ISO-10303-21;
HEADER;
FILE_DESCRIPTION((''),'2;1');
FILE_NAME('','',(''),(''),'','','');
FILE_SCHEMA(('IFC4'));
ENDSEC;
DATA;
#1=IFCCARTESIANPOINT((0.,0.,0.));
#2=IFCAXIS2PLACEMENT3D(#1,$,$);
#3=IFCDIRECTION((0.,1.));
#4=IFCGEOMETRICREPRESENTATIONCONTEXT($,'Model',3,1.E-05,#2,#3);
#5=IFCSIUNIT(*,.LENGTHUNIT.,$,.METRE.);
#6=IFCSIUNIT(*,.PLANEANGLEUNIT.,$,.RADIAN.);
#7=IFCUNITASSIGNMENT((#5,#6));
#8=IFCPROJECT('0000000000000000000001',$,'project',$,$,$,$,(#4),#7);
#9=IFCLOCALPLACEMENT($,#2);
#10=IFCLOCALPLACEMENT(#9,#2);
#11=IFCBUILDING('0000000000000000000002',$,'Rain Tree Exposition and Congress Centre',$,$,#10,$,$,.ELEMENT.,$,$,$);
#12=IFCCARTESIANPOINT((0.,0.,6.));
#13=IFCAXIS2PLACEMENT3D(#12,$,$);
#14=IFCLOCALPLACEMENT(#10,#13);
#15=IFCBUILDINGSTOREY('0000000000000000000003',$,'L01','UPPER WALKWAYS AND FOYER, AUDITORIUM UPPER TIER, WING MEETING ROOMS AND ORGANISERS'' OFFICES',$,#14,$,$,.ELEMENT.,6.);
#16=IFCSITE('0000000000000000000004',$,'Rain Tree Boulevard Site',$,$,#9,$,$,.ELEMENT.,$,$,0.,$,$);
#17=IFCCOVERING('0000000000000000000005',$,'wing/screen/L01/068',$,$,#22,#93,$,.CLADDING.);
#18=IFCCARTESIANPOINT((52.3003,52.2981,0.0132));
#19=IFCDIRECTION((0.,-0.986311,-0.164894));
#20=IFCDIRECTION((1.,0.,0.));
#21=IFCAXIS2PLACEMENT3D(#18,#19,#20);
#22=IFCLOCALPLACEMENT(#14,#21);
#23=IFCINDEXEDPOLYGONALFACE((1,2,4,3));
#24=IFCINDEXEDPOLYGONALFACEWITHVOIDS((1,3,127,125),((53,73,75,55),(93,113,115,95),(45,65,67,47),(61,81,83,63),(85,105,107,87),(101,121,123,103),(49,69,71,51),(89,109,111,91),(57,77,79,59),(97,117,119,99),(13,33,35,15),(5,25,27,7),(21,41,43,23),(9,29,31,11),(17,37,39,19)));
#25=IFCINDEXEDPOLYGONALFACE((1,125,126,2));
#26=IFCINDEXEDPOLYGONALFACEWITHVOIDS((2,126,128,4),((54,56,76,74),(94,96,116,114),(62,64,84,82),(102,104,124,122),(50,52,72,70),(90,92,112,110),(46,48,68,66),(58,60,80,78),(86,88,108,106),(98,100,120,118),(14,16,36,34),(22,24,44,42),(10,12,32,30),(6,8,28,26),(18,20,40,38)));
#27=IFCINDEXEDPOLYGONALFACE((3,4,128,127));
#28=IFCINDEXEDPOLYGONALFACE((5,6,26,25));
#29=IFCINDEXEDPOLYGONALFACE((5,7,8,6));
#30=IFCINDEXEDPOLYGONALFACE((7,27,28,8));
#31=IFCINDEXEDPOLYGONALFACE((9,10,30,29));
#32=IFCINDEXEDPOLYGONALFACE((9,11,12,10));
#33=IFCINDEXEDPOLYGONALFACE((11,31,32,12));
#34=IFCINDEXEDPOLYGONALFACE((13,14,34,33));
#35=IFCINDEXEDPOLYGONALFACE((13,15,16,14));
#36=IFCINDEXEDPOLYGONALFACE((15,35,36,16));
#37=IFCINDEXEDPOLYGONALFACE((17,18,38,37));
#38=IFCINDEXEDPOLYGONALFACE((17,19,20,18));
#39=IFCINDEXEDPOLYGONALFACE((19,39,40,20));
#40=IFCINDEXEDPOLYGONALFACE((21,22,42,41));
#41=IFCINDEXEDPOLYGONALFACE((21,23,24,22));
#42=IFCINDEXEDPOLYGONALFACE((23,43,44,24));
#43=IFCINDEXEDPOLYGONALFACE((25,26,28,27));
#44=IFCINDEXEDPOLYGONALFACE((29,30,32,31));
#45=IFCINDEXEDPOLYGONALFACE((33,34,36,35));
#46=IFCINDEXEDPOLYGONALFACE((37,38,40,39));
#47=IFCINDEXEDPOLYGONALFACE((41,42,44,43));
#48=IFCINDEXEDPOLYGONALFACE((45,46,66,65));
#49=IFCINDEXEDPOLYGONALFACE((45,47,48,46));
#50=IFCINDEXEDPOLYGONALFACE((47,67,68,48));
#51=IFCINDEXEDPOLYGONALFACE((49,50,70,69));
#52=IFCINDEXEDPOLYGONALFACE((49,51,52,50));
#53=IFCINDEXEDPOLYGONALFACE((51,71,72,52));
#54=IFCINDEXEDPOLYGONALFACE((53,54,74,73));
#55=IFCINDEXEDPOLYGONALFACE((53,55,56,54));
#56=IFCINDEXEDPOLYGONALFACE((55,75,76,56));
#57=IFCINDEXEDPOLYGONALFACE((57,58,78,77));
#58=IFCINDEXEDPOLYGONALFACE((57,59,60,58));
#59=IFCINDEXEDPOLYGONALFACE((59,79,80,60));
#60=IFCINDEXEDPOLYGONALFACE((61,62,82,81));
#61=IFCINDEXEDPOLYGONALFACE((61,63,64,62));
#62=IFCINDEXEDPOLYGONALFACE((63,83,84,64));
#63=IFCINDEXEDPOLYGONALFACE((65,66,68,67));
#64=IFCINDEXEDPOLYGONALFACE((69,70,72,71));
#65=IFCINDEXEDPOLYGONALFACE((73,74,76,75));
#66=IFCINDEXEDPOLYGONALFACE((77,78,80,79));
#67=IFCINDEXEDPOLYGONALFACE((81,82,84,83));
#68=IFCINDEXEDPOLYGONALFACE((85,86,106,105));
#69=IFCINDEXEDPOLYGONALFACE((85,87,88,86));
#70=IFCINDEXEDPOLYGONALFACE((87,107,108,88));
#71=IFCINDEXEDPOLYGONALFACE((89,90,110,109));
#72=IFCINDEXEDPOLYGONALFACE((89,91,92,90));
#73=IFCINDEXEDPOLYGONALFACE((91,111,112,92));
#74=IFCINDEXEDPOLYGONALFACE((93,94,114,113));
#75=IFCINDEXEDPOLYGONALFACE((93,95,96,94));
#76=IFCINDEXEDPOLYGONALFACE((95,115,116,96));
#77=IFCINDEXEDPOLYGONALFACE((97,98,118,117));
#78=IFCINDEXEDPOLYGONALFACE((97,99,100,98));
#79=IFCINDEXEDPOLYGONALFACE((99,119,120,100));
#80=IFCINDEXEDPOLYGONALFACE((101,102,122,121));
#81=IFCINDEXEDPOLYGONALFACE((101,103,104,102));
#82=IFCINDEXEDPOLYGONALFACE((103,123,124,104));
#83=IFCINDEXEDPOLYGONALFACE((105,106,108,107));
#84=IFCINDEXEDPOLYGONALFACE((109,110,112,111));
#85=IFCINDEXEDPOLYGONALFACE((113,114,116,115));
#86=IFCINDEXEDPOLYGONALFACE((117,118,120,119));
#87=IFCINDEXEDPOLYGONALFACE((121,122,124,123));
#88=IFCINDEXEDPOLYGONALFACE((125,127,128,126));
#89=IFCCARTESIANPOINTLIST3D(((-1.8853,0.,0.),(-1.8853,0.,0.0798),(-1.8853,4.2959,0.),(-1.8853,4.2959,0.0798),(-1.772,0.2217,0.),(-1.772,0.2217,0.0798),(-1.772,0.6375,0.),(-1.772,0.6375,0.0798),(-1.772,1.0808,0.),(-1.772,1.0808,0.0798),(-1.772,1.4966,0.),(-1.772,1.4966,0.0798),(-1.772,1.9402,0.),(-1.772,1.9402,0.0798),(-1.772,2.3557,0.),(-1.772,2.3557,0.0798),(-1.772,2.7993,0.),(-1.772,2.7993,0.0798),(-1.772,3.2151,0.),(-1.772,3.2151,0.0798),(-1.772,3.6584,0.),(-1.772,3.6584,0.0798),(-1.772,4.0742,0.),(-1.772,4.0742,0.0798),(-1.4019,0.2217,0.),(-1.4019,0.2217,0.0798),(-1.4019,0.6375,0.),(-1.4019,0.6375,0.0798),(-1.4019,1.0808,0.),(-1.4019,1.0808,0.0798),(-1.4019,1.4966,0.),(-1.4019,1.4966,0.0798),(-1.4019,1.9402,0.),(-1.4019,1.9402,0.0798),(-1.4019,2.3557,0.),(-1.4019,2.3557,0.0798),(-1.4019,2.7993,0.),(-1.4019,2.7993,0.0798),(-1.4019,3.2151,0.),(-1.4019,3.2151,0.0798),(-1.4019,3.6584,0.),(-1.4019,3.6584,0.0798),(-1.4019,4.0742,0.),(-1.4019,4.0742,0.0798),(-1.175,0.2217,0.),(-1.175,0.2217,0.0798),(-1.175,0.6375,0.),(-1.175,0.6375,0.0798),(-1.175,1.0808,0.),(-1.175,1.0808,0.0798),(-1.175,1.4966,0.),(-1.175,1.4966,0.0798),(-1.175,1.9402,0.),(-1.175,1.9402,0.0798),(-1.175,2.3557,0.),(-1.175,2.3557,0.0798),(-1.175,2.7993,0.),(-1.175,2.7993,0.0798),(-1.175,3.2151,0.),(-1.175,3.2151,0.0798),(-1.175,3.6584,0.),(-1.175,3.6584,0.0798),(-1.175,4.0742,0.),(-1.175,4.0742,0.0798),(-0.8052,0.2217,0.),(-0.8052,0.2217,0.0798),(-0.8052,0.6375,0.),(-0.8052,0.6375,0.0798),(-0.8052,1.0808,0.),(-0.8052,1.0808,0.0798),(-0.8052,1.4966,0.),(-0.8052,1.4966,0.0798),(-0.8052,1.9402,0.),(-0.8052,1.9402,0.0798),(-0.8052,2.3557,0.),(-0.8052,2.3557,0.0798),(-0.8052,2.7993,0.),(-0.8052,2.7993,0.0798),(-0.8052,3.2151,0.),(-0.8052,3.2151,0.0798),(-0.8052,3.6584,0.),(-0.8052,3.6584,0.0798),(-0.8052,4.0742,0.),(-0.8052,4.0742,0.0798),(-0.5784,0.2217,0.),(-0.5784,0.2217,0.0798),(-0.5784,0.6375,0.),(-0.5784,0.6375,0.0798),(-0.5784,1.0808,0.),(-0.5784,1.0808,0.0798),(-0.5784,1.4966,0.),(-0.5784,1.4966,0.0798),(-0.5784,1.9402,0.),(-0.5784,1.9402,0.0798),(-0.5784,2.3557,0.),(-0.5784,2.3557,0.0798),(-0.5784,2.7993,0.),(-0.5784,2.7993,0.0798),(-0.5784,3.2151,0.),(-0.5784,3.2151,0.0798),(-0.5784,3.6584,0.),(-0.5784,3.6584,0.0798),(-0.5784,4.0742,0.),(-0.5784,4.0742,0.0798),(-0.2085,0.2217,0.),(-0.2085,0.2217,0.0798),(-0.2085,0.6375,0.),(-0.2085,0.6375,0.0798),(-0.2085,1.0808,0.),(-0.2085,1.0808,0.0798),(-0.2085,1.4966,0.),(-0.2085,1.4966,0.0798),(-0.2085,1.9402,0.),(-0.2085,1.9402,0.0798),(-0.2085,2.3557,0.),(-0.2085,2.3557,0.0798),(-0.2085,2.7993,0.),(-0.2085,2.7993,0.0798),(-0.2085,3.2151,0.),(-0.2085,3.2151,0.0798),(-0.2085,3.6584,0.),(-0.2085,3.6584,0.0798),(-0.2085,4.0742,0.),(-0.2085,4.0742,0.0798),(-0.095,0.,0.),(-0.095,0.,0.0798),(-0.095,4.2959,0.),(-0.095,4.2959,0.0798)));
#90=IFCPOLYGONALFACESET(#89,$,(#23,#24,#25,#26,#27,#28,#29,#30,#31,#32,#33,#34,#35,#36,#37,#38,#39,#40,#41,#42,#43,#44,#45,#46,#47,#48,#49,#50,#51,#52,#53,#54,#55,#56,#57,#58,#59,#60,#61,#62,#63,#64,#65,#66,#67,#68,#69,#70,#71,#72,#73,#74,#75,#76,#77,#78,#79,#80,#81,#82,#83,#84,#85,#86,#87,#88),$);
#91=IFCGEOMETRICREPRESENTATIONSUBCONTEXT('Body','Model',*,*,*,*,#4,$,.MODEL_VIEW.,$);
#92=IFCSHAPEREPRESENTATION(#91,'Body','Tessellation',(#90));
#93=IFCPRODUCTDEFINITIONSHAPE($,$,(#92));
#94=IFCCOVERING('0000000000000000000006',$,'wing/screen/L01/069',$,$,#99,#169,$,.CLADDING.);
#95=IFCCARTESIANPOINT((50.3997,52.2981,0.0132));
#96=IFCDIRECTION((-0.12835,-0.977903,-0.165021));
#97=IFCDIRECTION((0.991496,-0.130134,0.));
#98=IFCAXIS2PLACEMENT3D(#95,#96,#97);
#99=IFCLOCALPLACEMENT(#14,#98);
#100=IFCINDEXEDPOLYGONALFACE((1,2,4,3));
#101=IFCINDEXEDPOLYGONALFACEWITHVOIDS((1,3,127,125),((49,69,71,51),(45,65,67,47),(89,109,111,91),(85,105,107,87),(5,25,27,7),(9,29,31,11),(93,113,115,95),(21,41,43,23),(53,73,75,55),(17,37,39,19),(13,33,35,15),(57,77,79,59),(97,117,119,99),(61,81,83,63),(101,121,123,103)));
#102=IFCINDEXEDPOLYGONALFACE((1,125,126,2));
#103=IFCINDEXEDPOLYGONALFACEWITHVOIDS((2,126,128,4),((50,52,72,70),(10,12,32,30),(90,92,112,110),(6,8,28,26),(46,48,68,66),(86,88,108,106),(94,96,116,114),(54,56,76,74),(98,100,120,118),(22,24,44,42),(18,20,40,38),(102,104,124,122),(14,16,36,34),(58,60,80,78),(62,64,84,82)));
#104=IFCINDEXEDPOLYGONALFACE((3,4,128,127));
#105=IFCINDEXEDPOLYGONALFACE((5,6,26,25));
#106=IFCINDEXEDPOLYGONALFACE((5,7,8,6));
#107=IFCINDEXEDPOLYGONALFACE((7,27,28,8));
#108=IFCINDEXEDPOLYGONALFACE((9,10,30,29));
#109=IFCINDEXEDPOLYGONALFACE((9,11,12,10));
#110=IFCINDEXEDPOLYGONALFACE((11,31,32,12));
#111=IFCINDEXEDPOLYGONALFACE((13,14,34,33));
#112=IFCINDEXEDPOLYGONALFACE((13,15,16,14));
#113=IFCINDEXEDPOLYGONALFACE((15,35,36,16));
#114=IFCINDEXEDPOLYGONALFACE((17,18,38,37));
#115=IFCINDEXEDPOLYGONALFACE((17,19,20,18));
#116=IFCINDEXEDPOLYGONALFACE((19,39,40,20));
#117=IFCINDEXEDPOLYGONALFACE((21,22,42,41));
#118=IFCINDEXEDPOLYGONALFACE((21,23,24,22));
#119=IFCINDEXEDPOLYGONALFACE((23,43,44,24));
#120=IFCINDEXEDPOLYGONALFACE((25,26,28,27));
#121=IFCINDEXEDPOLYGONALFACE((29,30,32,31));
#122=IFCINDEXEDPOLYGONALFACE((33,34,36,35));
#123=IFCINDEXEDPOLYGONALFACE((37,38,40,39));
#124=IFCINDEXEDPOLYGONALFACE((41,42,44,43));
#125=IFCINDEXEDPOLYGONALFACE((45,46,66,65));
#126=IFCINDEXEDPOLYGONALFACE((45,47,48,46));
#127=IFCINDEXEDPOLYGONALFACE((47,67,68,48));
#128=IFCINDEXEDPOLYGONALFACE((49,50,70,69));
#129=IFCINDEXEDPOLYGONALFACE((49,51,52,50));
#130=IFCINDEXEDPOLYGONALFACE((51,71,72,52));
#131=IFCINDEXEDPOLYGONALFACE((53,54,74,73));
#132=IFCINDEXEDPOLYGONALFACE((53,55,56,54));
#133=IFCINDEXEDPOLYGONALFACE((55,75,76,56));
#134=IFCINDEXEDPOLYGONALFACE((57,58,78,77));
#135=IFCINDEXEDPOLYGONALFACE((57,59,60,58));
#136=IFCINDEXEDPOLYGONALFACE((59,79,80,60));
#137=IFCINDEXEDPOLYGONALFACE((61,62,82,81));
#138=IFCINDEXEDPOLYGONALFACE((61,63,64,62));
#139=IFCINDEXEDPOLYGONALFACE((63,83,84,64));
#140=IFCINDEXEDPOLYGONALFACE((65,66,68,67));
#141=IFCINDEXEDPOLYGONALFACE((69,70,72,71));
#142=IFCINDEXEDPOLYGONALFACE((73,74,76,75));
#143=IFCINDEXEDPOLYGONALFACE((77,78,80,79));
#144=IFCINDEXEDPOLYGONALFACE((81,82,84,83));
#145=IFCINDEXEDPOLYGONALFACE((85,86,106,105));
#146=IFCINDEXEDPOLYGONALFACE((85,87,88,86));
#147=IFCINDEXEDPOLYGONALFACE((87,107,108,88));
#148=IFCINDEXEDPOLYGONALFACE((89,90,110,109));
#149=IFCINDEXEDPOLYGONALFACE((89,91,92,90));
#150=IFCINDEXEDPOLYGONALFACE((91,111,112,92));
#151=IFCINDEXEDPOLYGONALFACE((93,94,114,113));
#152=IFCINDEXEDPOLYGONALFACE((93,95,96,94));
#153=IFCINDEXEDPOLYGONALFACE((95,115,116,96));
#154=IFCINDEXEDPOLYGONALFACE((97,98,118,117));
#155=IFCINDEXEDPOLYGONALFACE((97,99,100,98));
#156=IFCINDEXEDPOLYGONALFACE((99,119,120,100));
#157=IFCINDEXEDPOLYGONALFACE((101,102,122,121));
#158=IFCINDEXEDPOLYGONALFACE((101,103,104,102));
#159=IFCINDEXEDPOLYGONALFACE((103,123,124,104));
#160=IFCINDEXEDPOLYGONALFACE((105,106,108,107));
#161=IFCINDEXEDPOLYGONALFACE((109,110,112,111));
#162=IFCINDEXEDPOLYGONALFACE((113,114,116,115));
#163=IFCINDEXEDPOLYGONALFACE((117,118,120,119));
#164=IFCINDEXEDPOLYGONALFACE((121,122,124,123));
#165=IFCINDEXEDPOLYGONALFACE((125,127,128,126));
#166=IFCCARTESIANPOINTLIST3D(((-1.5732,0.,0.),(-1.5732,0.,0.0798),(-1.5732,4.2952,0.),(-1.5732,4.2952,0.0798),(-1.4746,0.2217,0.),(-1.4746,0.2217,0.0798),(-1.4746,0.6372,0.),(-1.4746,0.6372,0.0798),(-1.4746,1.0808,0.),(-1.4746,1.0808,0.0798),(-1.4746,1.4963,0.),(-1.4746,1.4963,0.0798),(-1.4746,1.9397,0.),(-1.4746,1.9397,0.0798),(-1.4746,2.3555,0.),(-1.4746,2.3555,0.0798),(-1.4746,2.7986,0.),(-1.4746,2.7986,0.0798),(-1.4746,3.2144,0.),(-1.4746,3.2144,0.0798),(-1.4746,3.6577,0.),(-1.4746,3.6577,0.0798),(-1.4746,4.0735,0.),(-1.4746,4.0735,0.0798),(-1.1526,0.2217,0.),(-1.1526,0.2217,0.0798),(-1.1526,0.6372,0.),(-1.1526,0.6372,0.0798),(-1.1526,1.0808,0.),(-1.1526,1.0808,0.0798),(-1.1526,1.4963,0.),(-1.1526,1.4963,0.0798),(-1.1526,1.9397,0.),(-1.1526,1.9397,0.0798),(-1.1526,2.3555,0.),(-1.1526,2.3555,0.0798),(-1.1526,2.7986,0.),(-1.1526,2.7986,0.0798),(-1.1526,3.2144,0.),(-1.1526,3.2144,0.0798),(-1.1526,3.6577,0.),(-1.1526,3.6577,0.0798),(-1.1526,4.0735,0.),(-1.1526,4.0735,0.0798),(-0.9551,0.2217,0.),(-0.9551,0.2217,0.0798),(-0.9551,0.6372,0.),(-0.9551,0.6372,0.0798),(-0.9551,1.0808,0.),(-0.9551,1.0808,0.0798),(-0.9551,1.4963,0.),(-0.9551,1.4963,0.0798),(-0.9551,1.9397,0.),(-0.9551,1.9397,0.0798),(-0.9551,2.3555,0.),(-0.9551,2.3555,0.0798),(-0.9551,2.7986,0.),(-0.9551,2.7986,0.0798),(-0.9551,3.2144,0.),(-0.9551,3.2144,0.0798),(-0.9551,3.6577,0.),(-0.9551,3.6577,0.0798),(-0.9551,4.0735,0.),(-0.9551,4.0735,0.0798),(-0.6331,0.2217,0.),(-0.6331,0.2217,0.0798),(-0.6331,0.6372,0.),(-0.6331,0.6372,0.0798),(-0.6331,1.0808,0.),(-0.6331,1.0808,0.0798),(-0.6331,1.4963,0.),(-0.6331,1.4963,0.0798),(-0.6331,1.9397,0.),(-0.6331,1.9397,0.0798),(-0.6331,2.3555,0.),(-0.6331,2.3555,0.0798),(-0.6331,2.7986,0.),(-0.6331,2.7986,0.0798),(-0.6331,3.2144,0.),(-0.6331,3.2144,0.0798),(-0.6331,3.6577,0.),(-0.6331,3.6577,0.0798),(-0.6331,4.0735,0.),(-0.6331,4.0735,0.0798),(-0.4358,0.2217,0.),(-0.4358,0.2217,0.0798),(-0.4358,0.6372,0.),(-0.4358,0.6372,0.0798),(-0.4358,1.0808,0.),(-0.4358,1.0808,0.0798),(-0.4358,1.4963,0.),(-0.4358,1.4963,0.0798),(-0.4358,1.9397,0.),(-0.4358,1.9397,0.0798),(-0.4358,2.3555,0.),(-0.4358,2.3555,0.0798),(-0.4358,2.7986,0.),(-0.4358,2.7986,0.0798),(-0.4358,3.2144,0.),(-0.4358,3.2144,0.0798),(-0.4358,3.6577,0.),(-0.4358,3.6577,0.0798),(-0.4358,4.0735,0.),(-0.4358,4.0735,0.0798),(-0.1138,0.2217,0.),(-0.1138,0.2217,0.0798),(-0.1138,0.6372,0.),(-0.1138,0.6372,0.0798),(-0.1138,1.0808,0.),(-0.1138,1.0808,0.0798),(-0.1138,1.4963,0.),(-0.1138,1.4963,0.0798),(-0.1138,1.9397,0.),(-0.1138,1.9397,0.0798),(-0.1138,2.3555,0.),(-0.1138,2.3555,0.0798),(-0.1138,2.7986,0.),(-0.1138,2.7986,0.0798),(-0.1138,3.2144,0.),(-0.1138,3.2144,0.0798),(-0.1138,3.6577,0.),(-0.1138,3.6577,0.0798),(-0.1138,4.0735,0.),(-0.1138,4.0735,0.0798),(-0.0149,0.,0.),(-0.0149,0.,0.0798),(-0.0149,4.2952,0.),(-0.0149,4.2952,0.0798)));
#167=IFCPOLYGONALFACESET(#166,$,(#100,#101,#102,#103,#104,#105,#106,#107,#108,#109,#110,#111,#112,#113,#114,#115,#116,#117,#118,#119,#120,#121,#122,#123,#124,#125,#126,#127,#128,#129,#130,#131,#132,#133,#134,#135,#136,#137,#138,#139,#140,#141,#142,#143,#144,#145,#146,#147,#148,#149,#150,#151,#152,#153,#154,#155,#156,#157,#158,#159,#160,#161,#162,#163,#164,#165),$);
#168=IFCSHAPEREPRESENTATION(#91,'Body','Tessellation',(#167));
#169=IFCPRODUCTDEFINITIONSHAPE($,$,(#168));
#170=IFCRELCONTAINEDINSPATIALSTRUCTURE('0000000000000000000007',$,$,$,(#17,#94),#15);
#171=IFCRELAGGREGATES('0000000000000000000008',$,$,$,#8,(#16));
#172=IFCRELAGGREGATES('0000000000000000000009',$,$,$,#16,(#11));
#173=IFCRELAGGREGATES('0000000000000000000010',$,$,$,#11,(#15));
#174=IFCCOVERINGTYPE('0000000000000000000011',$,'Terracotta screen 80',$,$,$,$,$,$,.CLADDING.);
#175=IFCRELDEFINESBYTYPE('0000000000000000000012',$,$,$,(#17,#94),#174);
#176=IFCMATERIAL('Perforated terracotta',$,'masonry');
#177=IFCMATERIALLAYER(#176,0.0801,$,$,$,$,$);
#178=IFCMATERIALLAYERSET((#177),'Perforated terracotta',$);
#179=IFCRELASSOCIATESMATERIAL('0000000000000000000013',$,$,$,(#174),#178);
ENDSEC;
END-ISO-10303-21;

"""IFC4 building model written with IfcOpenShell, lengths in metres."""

from ifc_helpers import new_model, si_unit, direction, frame, origin, place, context, subcontext, project, spatial, polyline, outline, extrude, material, layer, layer_set, type_object, element, save


model = new_model("IFC4")

# Units and contexts
model_context = context("Model", 3, precision=1e-05, world=origin(), true_north=direction((0.0, 1.0)))
body_context = subcontext(model_context, "Body", "Model", "MODEL_VIEW")
ifc_project = project(units=[si_unit("LENGTHUNIT", "METRE"), si_unit("PLANEANGLEUNIT", "RADIAN")], contexts=[model_context])

# Site, building, storey
site_placement = place(None, origin())
site = spatial("IfcSite", under=ifc_project, at=site_placement, Name="Rain Tree Boulevard Site", CompositionType="ELEMENT", RefElevation=0.0)
building_placement = place(site_placement, origin())
building = spatial("IfcBuilding", under=site, at=building_placement, Name="Rain Tree Exposition and Congress Centre", CompositionType="ELEMENT")
storey_placement = place(building_placement, frame((0.0, 0.0, 6.0)))
storey = spatial("IfcBuildingStorey", under=building, at=storey_placement, Name="L01", Description="UPPER WALKWAYS AND FOYER, AUDITORIUM UPPER TIER, WING MEETING ROOMS AND ORGANISERS' OFFICES", CompositionType="ELEMENT", Elevation=6.0)

# Coverings
ifc_material_1 = material(Name="Perforated terracotta", Category="masonry")
ifc_layer_1 = layer(ifc_material_1, 0.0801)
ifc_layer_set_1 = layer_set([ifc_layer_1], Name="Perforated terracotta")
covering_type = type_object("IfcCoveringType", Name="Terracotta screen 80", PredefinedType="CLADDING", material=ifc_layer_set_1)
covering_1_placement = place(storey_placement, frame((52.3003, 52.2981, 0.0132), z_axis=(0.0, -0.986311, -0.164894), x_axis=(1.0, 0.0, 0.0)))
element("IfcCovering", 1, at=covering_1_placement, inside=storey, type_object=covering_type, Name="wing/screen/L01/068", PredefinedType="CLADDING", context=body_context, shape_type="SweptSolid", body=[
    extrude(outline(polyline([(-1.8853, 0.0), (-1.8853, 4.2959), (-0.095, 4.2959), (-0.095, 0.0), (-1.8853, 0.0)]), holes=[polyline([(-0.2085, 0.2217), (-0.2085, 0.6375), (-0.5784, 0.6375), (-0.5784, 0.2217), (-0.2085, 0.2217)]), polyline([(-0.2085, 1.0808), (-0.2085, 1.4966), (-0.5784, 1.4966), (-0.5784, 1.0808), (-0.2085, 1.0808)]), polyline([(-0.2085, 1.9402), (-0.2085, 2.3557), (-0.5784, 2.3557), (-0.5784, 1.9402), (-0.2085, 1.9402)]), polyline([(-0.2085, 2.7993), (-0.2085, 3.2151), (-0.5784, 3.2151), (-0.5784, 2.7993), (-0.2085, 2.7993)]), polyline([(-0.2085, 3.6584), (-0.2085, 4.0742), (-0.5784, 4.0742), (-0.5784, 3.6584), (-0.2085, 3.6584)]), polyline([(-0.8052, 0.2217), (-0.8052, 0.6375), (-1.175, 0.6375), (-1.175, 0.2217), (-0.8052, 0.2217)]), polyline([(-0.8052, 1.0808), (-0.8052, 1.4966), (-1.175, 1.4966), (-1.175, 1.0808), (-0.8052, 1.0808)]), polyline([(-0.8052, 1.9402), (-0.8052, 2.3557), (-1.175, 2.3557), (-1.175, 1.9402), (-0.8052, 1.9402)]), polyline([(-0.8052, 2.7993), (-0.8052, 3.2151), (-1.175, 3.2151), (-1.175, 2.7993), (-0.8052, 2.7993)]), polyline([(-0.8052, 3.6584), (-0.8052, 4.0742), (-1.175, 4.0742), (-1.175, 3.6584), (-0.8052, 3.6584)]), polyline([(-1.4019, 0.2217), (-1.4019, 0.6375), (-1.772, 0.6375), (-1.772, 0.2217), (-1.4019, 0.2217)]), polyline([(-1.4019, 1.0808), (-1.4019, 1.4966), (-1.772, 1.4966), (-1.772, 1.0808), (-1.4019, 1.0808)]), polyline([(-1.4019, 1.9402), (-1.4019, 2.3557), (-1.772, 2.3557), (-1.772, 1.9402), (-1.4019, 1.9402)]), polyline([(-1.4019, 2.7993), (-1.4019, 3.2151), (-1.772, 3.2151), (-1.772, 2.7993), (-1.4019, 2.7993)]), polyline([(-1.4019, 3.6584), (-1.4019, 4.0742), (-1.772, 4.0742), (-1.772, 3.6584), (-1.4019, 3.6584)])]), origin(), (0.0, 0.0, 1.0), 0.0798),
])
covering_2_placement = place(storey_placement, frame((50.3997, 52.2981, 0.0132), z_axis=(-0.12835, -0.977903, -0.165021), x_axis=(0.991496, -0.130134, 0.0)))
element("IfcCovering", 2, at=covering_2_placement, inside=storey, type_object=covering_type, Name="wing/screen/L01/069", PredefinedType="CLADDING", context=body_context, shape_type="SweptSolid", body=[
    extrude(outline(polyline([(-1.5732, 0.0), (-1.5732, 4.2952), (-0.0149, 4.2952), (-0.0149, 0.0), (-1.5732, 0.0)]), holes=[polyline([(-0.1138, 0.2217), (-0.1138, 0.6372), (-0.4358, 0.6372), (-0.4358, 0.2217), (-0.1138, 0.2217)]), polyline([(-0.1138, 1.0808), (-0.1138, 1.4963), (-0.4358, 1.4963), (-0.4358, 1.0808), (-0.1138, 1.0808)]), polyline([(-0.1138, 1.9397), (-0.1138, 2.3555), (-0.4358, 2.3555), (-0.4358, 1.9397), (-0.1138, 1.9397)]), polyline([(-0.1138, 2.7986), (-0.1138, 3.2144), (-0.4358, 3.2144), (-0.4358, 2.7986), (-0.1138, 2.7986)]), polyline([(-0.1138, 3.6577), (-0.1138, 4.0735), (-0.4358, 4.0735), (-0.4358, 3.6577), (-0.1138, 3.6577)]), polyline([(-0.6331, 0.2217), (-0.6331, 0.6372), (-0.9551, 0.6372), (-0.9551, 0.2217), (-0.6331, 0.2217)]), polyline([(-0.6331, 1.0808), (-0.6331, 1.4963), (-0.9551, 1.4963), (-0.9551, 1.0808), (-0.6331, 1.0808)]), polyline([(-0.6331, 1.9397), (-0.6331, 2.3555), (-0.9551, 2.3555), (-0.9551, 1.9397), (-0.6331, 1.9397)]), polyline([(-0.6331, 2.7986), (-0.6331, 3.2144), (-0.9551, 3.2144), (-0.9551, 2.7986), (-0.6331, 2.7986)]), polyline([(-0.6331, 3.6577), (-0.6331, 4.0735), (-0.9551, 4.0735), (-0.9551, 3.6577), (-0.6331, 3.6577)]), polyline([(-1.1526, 0.2217), (-1.1526, 0.6372), (-1.4746, 0.6372), (-1.4746, 0.2217), (-1.1526, 0.2217)]), polyline([(-1.1526, 1.0808), (-1.1526, 1.4963), (-1.4746, 1.4963), (-1.4746, 1.0808), (-1.1526, 1.0808)]), polyline([(-1.1526, 1.9397), (-1.1526, 2.3555), (-1.4746, 2.3555), (-1.4746, 1.9397), (-1.1526, 1.9397)]), polyline([(-1.1526, 2.7986), (-1.1526, 3.2144), (-1.4746, 3.2144), (-1.4746, 2.7986), (-1.1526, 2.7986)]), polyline([(-1.1526, 3.6577), (-1.1526, 4.0735), (-1.4746, 4.0735), (-1.4746, 3.6577), (-1.1526, 3.6577)])]), origin(), (0.0, 0.0, 1.0), 0.0798),
])

save(model, "model.ifc")
